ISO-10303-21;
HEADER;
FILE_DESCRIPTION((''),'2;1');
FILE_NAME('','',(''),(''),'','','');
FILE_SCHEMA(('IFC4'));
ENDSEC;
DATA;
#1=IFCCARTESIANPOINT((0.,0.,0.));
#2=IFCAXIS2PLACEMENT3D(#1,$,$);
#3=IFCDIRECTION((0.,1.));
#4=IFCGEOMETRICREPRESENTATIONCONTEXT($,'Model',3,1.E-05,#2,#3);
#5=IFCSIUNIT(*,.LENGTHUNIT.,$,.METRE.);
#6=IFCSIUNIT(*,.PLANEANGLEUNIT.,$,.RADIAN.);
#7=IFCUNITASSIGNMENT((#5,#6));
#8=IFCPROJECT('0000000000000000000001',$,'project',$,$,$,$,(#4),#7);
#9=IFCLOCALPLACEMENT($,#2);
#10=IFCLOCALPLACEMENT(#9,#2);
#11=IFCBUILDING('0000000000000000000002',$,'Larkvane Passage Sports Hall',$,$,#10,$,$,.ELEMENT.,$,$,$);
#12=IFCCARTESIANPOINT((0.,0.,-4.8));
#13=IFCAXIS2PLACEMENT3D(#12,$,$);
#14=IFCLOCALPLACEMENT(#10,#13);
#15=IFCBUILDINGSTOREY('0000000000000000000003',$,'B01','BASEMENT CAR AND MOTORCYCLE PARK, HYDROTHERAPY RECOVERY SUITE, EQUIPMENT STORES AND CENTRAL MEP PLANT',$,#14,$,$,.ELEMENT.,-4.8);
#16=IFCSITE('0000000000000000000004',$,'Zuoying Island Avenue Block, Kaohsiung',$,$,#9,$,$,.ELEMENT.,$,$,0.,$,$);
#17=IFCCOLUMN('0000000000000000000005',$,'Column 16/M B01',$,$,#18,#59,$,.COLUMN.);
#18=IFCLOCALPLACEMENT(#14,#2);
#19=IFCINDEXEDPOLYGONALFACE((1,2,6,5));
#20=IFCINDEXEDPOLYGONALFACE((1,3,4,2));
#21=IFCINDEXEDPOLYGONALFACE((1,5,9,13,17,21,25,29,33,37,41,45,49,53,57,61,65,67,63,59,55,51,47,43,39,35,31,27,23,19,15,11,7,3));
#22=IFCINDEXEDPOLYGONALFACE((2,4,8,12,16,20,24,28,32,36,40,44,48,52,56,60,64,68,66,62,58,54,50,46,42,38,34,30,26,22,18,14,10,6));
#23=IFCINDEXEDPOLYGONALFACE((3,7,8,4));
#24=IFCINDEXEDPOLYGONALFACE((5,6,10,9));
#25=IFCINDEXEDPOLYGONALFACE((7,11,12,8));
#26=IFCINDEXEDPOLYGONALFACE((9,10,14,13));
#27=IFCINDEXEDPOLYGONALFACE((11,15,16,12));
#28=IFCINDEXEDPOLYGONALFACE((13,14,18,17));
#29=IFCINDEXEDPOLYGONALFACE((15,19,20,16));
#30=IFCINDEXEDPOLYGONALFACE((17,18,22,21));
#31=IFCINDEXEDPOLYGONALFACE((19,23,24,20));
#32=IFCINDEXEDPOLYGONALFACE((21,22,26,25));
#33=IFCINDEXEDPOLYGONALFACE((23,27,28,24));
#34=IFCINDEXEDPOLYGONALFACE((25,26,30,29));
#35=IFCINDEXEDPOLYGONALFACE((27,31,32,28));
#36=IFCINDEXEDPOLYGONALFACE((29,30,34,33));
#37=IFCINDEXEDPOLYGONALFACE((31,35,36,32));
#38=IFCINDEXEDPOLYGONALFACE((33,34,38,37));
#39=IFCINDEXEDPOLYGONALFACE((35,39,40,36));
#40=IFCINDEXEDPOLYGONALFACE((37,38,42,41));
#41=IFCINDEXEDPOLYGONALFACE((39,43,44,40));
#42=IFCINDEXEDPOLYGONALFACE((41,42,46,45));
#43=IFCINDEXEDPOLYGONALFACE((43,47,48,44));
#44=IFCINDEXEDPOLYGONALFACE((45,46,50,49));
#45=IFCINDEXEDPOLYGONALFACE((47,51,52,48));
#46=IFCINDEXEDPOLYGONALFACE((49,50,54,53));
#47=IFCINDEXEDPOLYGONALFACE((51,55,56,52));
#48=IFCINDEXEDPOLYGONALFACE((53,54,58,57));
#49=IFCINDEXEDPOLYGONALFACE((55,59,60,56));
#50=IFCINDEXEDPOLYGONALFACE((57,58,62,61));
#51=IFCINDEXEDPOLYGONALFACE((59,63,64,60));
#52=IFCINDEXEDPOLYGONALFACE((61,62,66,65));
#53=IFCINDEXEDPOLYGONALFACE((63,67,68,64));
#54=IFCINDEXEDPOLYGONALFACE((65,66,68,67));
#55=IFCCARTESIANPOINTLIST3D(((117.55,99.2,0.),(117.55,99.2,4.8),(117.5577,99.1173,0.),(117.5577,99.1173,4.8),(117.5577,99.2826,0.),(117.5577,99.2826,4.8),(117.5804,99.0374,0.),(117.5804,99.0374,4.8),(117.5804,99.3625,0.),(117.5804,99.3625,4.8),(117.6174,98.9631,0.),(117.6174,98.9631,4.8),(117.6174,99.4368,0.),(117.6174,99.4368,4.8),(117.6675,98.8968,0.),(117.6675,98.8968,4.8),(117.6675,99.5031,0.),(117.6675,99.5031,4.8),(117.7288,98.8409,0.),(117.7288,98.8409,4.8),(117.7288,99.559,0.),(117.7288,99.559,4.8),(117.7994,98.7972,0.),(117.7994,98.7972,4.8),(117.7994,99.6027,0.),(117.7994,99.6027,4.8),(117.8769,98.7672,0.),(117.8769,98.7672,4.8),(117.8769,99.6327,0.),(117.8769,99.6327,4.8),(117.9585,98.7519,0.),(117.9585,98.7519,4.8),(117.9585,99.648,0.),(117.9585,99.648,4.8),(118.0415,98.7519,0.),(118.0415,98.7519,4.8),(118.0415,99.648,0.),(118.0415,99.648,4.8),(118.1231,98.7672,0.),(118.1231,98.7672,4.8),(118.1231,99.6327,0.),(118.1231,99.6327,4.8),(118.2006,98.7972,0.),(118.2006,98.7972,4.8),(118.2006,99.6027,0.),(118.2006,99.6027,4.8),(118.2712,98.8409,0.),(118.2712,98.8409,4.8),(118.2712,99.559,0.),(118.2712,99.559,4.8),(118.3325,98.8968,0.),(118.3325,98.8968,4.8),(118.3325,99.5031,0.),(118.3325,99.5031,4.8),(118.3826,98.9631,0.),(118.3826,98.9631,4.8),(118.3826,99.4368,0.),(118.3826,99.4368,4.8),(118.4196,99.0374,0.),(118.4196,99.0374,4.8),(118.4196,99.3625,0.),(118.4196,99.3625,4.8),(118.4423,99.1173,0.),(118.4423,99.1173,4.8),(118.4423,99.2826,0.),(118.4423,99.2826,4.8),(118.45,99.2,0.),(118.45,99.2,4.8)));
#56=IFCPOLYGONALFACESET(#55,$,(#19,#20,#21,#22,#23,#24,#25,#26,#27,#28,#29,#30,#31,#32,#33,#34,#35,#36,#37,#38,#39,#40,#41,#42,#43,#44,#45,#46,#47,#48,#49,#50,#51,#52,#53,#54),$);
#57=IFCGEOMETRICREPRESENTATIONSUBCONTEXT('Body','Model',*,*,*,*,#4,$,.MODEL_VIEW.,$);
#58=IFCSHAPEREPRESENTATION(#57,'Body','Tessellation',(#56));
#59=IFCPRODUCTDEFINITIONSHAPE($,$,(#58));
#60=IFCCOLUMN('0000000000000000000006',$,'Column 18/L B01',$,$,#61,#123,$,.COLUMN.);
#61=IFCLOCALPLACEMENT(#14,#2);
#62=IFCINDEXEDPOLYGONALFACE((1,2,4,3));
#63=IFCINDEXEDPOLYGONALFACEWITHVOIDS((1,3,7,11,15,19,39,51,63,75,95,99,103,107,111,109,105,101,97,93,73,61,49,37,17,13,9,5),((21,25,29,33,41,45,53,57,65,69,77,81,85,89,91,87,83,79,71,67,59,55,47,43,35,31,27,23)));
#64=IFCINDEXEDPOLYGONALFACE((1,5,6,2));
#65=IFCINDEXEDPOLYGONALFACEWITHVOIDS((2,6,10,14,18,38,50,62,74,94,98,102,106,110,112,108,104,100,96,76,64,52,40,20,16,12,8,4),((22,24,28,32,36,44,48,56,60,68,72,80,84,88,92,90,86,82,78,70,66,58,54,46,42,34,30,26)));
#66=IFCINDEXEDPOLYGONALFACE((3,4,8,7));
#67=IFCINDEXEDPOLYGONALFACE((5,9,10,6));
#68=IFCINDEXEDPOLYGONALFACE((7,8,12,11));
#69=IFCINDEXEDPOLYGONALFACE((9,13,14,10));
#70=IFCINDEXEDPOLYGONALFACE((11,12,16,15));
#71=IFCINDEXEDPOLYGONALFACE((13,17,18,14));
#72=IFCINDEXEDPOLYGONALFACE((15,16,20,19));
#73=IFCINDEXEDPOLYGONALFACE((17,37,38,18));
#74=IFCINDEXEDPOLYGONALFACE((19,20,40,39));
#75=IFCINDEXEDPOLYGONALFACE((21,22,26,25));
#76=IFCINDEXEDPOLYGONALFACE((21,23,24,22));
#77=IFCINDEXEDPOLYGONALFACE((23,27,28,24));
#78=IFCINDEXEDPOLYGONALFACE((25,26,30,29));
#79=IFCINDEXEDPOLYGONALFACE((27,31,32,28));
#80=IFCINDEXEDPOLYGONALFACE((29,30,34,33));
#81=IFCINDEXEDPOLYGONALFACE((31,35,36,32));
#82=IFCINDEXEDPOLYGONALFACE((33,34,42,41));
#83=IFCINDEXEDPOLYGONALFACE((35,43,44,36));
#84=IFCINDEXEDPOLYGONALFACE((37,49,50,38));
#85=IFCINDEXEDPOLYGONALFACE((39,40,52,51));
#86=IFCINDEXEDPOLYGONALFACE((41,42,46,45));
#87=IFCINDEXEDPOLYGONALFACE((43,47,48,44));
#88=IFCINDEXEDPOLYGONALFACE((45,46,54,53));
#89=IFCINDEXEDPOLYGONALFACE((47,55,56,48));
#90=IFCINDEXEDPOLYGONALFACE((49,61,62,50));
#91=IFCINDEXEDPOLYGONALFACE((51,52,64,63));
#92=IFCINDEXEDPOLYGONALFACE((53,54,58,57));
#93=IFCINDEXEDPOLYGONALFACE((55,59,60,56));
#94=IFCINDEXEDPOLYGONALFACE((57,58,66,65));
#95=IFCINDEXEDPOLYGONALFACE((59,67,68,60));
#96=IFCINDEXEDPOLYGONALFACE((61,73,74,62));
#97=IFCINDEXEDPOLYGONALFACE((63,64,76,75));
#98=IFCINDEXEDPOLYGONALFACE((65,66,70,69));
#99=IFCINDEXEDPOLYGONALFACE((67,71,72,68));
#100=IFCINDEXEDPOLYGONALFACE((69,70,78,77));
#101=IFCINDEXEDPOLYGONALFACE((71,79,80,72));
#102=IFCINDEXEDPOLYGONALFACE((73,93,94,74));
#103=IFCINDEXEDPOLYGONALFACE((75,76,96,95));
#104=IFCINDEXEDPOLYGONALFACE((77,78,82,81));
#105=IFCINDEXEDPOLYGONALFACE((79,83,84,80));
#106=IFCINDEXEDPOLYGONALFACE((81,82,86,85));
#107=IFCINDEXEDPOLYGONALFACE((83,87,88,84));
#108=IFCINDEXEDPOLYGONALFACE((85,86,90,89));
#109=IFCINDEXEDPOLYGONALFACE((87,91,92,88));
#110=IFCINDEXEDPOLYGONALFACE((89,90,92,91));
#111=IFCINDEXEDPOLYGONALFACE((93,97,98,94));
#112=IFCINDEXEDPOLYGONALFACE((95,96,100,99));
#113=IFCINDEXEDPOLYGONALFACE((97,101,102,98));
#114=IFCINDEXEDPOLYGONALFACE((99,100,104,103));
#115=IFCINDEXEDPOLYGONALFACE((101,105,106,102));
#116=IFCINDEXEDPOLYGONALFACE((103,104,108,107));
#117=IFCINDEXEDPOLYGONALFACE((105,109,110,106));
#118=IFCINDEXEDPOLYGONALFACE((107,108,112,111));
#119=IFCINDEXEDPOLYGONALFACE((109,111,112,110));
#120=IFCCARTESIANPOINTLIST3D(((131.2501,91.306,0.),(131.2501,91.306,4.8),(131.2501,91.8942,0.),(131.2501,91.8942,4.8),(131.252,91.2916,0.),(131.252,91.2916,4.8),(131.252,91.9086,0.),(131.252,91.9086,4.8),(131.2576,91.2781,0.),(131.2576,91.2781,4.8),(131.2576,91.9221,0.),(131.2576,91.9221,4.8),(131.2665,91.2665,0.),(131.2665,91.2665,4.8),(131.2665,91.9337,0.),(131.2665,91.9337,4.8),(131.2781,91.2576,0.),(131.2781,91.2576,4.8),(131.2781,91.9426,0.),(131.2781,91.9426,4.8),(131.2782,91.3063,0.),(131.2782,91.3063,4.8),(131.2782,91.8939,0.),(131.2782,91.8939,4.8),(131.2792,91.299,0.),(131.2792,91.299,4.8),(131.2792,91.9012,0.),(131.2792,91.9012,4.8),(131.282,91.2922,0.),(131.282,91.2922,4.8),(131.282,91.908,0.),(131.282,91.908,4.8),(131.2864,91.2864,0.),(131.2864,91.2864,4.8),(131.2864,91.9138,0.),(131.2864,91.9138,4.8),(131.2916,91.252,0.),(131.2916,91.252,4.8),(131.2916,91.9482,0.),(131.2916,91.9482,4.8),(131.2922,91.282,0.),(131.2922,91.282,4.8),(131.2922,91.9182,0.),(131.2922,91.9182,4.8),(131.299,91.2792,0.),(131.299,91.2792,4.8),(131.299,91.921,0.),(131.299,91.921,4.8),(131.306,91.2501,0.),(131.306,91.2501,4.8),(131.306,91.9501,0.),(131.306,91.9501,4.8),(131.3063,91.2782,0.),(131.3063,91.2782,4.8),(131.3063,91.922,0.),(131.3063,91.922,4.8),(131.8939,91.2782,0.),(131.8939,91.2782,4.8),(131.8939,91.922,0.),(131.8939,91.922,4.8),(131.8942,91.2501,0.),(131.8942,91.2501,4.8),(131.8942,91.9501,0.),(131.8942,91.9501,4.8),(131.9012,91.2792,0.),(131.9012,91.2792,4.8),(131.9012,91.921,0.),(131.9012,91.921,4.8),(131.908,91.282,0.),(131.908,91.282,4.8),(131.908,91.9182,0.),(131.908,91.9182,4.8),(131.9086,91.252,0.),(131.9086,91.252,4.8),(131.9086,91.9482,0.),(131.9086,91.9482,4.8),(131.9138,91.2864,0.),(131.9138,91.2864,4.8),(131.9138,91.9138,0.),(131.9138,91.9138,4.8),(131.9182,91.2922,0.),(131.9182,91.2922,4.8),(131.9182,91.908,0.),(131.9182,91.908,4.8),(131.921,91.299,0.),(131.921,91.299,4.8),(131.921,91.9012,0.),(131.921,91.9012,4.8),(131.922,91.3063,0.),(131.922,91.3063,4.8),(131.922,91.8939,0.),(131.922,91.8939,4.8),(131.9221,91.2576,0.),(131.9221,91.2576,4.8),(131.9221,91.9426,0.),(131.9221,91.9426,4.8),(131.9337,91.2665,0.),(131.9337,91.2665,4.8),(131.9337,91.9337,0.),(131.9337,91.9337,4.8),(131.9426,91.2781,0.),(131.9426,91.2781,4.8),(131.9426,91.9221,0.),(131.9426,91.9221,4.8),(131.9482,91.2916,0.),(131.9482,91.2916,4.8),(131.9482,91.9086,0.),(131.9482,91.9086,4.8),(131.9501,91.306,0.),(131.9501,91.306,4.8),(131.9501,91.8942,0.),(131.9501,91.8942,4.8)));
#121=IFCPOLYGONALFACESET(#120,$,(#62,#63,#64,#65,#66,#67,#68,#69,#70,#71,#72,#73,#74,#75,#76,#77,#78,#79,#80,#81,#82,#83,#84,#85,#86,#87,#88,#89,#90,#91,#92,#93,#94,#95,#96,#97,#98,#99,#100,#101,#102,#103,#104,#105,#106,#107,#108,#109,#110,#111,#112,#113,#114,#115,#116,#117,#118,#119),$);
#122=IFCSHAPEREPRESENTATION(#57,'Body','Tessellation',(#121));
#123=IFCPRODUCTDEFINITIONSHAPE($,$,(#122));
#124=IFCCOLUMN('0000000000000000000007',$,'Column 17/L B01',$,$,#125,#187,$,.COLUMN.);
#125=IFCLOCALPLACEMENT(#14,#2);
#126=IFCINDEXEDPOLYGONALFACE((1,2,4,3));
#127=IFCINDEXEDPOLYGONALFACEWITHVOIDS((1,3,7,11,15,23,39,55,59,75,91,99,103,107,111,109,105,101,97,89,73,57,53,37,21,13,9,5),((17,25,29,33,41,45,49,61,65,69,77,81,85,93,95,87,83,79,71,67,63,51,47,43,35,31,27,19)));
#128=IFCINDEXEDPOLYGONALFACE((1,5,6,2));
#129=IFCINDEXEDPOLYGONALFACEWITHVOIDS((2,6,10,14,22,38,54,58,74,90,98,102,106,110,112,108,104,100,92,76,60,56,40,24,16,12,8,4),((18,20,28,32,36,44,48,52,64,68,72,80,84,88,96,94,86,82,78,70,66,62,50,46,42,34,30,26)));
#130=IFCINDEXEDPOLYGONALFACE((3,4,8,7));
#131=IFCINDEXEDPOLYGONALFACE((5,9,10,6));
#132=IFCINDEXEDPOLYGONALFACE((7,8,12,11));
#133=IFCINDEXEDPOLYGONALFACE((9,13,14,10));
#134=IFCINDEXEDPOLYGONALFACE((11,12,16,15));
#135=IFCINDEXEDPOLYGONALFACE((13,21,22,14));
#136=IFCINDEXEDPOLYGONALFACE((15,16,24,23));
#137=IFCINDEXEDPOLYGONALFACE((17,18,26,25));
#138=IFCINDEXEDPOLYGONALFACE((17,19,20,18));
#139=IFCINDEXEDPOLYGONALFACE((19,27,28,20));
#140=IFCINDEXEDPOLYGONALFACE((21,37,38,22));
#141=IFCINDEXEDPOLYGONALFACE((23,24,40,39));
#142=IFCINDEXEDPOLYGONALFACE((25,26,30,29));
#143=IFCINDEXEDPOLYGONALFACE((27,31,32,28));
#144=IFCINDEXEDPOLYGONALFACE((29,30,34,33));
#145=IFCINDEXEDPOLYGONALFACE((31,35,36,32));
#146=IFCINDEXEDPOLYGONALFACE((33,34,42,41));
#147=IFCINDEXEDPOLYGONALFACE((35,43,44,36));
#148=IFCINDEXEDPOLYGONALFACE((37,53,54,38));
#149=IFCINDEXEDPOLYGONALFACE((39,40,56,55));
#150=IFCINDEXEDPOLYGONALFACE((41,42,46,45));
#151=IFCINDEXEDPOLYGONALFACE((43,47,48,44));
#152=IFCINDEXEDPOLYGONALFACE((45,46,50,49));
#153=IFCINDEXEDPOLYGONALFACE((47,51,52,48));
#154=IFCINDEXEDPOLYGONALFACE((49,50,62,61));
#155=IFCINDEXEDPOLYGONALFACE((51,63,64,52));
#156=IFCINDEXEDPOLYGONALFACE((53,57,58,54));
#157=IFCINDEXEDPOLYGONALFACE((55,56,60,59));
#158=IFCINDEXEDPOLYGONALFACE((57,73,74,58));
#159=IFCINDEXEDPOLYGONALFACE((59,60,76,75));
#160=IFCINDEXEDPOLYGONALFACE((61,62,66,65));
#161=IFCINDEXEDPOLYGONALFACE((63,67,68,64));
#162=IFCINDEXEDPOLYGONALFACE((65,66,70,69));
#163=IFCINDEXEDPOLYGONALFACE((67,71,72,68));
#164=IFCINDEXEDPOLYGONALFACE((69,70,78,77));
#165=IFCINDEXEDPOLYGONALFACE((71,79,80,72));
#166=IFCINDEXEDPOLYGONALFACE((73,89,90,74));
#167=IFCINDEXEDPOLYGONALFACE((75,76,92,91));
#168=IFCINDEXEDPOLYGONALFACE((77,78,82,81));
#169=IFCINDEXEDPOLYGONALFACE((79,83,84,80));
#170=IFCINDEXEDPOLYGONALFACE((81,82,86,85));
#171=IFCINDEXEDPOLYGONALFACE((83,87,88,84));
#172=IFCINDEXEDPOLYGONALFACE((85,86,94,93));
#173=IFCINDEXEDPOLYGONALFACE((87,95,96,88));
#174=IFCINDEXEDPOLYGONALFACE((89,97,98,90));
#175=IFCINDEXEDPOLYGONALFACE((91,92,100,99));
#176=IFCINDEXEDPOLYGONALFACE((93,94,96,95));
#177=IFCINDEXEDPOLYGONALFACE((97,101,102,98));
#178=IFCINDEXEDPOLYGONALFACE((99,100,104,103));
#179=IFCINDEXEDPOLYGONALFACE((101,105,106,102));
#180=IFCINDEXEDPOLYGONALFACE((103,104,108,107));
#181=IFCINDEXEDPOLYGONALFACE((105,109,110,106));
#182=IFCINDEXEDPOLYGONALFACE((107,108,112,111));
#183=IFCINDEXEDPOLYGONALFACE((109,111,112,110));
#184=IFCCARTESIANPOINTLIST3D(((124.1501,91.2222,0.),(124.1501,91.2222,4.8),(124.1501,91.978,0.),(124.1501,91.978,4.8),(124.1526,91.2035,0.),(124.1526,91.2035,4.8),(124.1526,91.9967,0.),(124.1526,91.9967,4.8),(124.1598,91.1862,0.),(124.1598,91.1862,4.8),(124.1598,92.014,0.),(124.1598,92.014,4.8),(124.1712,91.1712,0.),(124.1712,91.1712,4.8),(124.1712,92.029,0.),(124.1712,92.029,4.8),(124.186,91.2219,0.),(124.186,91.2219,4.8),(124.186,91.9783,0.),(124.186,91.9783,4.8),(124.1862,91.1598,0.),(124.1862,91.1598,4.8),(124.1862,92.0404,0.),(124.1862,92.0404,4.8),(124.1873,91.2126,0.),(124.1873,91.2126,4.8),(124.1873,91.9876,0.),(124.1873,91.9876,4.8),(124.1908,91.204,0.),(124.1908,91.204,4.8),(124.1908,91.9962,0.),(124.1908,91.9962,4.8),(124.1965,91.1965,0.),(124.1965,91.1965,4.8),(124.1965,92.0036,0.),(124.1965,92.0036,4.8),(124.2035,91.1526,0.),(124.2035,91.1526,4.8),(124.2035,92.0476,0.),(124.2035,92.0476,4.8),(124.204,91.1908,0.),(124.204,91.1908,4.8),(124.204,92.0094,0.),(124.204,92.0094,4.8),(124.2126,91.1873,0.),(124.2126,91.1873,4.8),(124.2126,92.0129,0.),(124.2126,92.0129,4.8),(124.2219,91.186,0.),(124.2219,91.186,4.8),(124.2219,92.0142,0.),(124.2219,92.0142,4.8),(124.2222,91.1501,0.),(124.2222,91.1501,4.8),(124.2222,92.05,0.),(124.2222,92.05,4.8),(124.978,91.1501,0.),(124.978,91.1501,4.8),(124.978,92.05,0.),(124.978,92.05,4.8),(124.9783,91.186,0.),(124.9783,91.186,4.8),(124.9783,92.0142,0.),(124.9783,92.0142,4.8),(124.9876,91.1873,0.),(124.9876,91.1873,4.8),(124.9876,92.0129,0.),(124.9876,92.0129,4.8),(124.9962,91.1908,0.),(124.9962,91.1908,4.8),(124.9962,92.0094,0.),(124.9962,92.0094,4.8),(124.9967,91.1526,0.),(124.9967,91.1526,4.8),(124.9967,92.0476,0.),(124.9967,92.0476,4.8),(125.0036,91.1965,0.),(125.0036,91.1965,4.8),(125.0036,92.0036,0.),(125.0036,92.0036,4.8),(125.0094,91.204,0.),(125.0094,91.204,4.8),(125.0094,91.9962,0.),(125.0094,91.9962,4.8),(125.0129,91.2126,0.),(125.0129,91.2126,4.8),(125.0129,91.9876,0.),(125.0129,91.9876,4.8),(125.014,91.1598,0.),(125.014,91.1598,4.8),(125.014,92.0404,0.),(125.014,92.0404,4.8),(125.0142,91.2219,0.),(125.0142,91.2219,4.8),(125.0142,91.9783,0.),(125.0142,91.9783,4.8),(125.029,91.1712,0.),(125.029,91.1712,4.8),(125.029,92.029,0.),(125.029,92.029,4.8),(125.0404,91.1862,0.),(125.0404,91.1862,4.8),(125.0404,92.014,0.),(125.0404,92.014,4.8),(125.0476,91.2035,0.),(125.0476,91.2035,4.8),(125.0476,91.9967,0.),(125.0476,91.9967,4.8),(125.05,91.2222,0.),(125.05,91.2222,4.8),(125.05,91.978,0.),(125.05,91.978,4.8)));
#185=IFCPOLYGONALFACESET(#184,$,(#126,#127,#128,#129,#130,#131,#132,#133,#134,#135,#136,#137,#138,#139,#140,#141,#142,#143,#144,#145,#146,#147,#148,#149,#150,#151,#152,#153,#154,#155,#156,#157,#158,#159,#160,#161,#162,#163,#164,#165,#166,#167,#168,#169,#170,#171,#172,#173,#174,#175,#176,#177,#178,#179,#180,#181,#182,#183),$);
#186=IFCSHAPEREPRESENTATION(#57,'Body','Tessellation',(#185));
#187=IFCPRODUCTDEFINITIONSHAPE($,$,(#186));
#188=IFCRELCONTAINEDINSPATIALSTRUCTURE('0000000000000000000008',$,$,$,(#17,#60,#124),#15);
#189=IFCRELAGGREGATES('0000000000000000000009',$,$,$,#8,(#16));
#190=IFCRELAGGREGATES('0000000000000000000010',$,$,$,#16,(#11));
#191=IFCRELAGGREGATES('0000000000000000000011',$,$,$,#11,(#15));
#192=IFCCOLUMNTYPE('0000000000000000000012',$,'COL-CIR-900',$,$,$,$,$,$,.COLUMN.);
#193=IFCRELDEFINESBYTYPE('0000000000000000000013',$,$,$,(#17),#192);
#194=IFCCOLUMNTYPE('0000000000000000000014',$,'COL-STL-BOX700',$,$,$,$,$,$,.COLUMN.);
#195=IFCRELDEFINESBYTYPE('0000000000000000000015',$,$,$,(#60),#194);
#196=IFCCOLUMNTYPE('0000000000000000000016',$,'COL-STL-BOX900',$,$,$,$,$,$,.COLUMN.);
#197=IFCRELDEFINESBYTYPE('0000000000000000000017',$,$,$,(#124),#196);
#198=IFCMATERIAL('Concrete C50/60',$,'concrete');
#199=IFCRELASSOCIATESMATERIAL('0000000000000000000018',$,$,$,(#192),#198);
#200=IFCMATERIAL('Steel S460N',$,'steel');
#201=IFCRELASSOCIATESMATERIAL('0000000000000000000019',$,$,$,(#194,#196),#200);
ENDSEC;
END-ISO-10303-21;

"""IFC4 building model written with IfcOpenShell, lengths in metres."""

from ifc_helpers import new_model, si_unit, direction, frame, origin, origin_2d, place, context, subcontext, project, spatial, hollow_rectangle, circle, extrude, material, material_profile, profile_set, type_object, element, save


model = new_model("IFC4")

# Units and contexts
model_context = context("Model", 3, precision=1e-05, world=origin(), true_north=direction((0.0, 1.0)))
body_context = subcontext(model_context, "Body", "Model", "MODEL_VIEW")
ifc_project = project(units=[si_unit("LENGTHUNIT", "METRE"), si_unit("PLANEANGLEUNIT", "RADIAN")], contexts=[model_context])

# Site, building, storey
site_placement = place(None, origin())
site = spatial("IfcSite", under=ifc_project, at=site_placement, Name="Zuoying Island Avenue Block, Kaohsiung", CompositionType="ELEMENT", RefElevation=0.0)
building_placement = place(site_placement, origin())
building = spatial("IfcBuilding", under=site, at=building_placement, Name="Larkvane Passage Sports Hall", CompositionType="ELEMENT")
storey_placement = place(building_placement, frame((0.0, 0.0, -4.8)))
storey = spatial("IfcBuildingStorey", under=building, at=storey_placement, Name="B01", Description="BASEMENT CAR AND MOTORCYCLE PARK, HYDROTHERAPY RECOVERY SUITE, EQUIPMENT STORES AND CENTRAL MEP PLANT", CompositionType="ELEMENT", Elevation=-4.8)

# Columns
ifc_material_1 = material(Name="Concrete C50/60", Category="concrete")
ifc_material_profile_1 = material_profile(ifc_material_1, circle(Radius=0.45, at=origin_2d()), Name="RC-CIR-900")
ifc_profile_set_1 = profile_set([ifc_material_profile_1], Name="Concrete C50/60")
column_type_1 = type_object("IfcColumnType", Name="COL-CIR-900", PredefinedType="COLUMN", material=ifc_profile_set_1)
column_1_placement = place(storey_placement, frame((118.0, 99.2, 0.0), z_axis=(0.0, 0.0, 1.0), x_axis=(1.0, 0.0, 0.0)))
element("IfcColumn", 1, at=column_1_placement, inside=storey, type_object=column_type_1, Name="Column 16/M B01", PredefinedType="COLUMN", context=body_context, shape_type="SweptSolid", body=[
    extrude(circle(Radius=0.45, at=origin_2d()), origin(), (0.0, 0.0, 1.0), 4.8),
])
ifc_material_2 = material(Name="Steel S460N", Category="steel")
ifc_material_profile_2 = material_profile(ifc_material_2, hollow_rectangle(XDim=0.7, YDim=0.7, WallThickness=0.0281, InnerFilletRadius=0.0281, OuterFilletRadius=0.0559, at=origin_2d()), Name="BOX-700x700x28")
ifc_profile_set_2 = profile_set([ifc_material_profile_2], Name="Steel S460N")
column_type_2 = type_object("IfcColumnType", Name="COL-STL-BOX700", PredefinedType="COLUMN", material=ifc_profile_set_2)
column_2_placement = place(storey_placement, frame((131.6001, 91.6001, 0.0), z_axis=(0.0, 0.0, 1.0), x_axis=(1.0, 0.0, 0.0)))
element("IfcColumn", 2, at=column_2_placement, inside=storey, type_object=column_type_2, Name="Column 18/L B01", PredefinedType="COLUMN", context=body_context, shape_type="SweptSolid", body=[
    extrude(hollow_rectangle(XDim=0.7, YDim=0.7, WallThickness=0.0281, InnerFilletRadius=0.0281, OuterFilletRadius=0.0559, at=origin_2d()), origin(), (0.0, 0.0, 1.0), 4.8),
])
ifc_material_profile_3 = material_profile(ifc_material_2, hollow_rectangle(XDim=0.8999, YDim=0.8999, WallThickness=0.0359, InnerFilletRadius=0.0359, OuterFilletRadius=0.072, at=origin_2d()), Name="BOX-900x900x36")
ifc_profile_set_3 = profile_set([ifc_material_profile_3], Name="Steel S460N")
column_type_3 = type_object("IfcColumnType", Name="COL-STL-BOX900", PredefinedType="COLUMN", material=ifc_profile_set_3)
column_3_placement = place(storey_placement, frame((124.6001, 91.6001, 0.0), z_axis=(0.0, 0.0, 1.0), x_axis=(1.0, 0.0, 0.0)))
element("IfcColumn", 3, at=column_3_placement, inside=storey, type_object=column_type_3, Name="Column 17/L B01", PredefinedType="COLUMN", context=body_context, shape_type="SweptSolid", body=[
    extrude(hollow_rectangle(XDim=0.8999, YDim=0.8999, WallThickness=0.0359, InnerFilletRadius=0.0359, OuterFilletRadius=0.072, at=origin_2d()), origin(), (0.0, 0.0, 1.0), 4.8),
])

save(model, "model.ifc")
